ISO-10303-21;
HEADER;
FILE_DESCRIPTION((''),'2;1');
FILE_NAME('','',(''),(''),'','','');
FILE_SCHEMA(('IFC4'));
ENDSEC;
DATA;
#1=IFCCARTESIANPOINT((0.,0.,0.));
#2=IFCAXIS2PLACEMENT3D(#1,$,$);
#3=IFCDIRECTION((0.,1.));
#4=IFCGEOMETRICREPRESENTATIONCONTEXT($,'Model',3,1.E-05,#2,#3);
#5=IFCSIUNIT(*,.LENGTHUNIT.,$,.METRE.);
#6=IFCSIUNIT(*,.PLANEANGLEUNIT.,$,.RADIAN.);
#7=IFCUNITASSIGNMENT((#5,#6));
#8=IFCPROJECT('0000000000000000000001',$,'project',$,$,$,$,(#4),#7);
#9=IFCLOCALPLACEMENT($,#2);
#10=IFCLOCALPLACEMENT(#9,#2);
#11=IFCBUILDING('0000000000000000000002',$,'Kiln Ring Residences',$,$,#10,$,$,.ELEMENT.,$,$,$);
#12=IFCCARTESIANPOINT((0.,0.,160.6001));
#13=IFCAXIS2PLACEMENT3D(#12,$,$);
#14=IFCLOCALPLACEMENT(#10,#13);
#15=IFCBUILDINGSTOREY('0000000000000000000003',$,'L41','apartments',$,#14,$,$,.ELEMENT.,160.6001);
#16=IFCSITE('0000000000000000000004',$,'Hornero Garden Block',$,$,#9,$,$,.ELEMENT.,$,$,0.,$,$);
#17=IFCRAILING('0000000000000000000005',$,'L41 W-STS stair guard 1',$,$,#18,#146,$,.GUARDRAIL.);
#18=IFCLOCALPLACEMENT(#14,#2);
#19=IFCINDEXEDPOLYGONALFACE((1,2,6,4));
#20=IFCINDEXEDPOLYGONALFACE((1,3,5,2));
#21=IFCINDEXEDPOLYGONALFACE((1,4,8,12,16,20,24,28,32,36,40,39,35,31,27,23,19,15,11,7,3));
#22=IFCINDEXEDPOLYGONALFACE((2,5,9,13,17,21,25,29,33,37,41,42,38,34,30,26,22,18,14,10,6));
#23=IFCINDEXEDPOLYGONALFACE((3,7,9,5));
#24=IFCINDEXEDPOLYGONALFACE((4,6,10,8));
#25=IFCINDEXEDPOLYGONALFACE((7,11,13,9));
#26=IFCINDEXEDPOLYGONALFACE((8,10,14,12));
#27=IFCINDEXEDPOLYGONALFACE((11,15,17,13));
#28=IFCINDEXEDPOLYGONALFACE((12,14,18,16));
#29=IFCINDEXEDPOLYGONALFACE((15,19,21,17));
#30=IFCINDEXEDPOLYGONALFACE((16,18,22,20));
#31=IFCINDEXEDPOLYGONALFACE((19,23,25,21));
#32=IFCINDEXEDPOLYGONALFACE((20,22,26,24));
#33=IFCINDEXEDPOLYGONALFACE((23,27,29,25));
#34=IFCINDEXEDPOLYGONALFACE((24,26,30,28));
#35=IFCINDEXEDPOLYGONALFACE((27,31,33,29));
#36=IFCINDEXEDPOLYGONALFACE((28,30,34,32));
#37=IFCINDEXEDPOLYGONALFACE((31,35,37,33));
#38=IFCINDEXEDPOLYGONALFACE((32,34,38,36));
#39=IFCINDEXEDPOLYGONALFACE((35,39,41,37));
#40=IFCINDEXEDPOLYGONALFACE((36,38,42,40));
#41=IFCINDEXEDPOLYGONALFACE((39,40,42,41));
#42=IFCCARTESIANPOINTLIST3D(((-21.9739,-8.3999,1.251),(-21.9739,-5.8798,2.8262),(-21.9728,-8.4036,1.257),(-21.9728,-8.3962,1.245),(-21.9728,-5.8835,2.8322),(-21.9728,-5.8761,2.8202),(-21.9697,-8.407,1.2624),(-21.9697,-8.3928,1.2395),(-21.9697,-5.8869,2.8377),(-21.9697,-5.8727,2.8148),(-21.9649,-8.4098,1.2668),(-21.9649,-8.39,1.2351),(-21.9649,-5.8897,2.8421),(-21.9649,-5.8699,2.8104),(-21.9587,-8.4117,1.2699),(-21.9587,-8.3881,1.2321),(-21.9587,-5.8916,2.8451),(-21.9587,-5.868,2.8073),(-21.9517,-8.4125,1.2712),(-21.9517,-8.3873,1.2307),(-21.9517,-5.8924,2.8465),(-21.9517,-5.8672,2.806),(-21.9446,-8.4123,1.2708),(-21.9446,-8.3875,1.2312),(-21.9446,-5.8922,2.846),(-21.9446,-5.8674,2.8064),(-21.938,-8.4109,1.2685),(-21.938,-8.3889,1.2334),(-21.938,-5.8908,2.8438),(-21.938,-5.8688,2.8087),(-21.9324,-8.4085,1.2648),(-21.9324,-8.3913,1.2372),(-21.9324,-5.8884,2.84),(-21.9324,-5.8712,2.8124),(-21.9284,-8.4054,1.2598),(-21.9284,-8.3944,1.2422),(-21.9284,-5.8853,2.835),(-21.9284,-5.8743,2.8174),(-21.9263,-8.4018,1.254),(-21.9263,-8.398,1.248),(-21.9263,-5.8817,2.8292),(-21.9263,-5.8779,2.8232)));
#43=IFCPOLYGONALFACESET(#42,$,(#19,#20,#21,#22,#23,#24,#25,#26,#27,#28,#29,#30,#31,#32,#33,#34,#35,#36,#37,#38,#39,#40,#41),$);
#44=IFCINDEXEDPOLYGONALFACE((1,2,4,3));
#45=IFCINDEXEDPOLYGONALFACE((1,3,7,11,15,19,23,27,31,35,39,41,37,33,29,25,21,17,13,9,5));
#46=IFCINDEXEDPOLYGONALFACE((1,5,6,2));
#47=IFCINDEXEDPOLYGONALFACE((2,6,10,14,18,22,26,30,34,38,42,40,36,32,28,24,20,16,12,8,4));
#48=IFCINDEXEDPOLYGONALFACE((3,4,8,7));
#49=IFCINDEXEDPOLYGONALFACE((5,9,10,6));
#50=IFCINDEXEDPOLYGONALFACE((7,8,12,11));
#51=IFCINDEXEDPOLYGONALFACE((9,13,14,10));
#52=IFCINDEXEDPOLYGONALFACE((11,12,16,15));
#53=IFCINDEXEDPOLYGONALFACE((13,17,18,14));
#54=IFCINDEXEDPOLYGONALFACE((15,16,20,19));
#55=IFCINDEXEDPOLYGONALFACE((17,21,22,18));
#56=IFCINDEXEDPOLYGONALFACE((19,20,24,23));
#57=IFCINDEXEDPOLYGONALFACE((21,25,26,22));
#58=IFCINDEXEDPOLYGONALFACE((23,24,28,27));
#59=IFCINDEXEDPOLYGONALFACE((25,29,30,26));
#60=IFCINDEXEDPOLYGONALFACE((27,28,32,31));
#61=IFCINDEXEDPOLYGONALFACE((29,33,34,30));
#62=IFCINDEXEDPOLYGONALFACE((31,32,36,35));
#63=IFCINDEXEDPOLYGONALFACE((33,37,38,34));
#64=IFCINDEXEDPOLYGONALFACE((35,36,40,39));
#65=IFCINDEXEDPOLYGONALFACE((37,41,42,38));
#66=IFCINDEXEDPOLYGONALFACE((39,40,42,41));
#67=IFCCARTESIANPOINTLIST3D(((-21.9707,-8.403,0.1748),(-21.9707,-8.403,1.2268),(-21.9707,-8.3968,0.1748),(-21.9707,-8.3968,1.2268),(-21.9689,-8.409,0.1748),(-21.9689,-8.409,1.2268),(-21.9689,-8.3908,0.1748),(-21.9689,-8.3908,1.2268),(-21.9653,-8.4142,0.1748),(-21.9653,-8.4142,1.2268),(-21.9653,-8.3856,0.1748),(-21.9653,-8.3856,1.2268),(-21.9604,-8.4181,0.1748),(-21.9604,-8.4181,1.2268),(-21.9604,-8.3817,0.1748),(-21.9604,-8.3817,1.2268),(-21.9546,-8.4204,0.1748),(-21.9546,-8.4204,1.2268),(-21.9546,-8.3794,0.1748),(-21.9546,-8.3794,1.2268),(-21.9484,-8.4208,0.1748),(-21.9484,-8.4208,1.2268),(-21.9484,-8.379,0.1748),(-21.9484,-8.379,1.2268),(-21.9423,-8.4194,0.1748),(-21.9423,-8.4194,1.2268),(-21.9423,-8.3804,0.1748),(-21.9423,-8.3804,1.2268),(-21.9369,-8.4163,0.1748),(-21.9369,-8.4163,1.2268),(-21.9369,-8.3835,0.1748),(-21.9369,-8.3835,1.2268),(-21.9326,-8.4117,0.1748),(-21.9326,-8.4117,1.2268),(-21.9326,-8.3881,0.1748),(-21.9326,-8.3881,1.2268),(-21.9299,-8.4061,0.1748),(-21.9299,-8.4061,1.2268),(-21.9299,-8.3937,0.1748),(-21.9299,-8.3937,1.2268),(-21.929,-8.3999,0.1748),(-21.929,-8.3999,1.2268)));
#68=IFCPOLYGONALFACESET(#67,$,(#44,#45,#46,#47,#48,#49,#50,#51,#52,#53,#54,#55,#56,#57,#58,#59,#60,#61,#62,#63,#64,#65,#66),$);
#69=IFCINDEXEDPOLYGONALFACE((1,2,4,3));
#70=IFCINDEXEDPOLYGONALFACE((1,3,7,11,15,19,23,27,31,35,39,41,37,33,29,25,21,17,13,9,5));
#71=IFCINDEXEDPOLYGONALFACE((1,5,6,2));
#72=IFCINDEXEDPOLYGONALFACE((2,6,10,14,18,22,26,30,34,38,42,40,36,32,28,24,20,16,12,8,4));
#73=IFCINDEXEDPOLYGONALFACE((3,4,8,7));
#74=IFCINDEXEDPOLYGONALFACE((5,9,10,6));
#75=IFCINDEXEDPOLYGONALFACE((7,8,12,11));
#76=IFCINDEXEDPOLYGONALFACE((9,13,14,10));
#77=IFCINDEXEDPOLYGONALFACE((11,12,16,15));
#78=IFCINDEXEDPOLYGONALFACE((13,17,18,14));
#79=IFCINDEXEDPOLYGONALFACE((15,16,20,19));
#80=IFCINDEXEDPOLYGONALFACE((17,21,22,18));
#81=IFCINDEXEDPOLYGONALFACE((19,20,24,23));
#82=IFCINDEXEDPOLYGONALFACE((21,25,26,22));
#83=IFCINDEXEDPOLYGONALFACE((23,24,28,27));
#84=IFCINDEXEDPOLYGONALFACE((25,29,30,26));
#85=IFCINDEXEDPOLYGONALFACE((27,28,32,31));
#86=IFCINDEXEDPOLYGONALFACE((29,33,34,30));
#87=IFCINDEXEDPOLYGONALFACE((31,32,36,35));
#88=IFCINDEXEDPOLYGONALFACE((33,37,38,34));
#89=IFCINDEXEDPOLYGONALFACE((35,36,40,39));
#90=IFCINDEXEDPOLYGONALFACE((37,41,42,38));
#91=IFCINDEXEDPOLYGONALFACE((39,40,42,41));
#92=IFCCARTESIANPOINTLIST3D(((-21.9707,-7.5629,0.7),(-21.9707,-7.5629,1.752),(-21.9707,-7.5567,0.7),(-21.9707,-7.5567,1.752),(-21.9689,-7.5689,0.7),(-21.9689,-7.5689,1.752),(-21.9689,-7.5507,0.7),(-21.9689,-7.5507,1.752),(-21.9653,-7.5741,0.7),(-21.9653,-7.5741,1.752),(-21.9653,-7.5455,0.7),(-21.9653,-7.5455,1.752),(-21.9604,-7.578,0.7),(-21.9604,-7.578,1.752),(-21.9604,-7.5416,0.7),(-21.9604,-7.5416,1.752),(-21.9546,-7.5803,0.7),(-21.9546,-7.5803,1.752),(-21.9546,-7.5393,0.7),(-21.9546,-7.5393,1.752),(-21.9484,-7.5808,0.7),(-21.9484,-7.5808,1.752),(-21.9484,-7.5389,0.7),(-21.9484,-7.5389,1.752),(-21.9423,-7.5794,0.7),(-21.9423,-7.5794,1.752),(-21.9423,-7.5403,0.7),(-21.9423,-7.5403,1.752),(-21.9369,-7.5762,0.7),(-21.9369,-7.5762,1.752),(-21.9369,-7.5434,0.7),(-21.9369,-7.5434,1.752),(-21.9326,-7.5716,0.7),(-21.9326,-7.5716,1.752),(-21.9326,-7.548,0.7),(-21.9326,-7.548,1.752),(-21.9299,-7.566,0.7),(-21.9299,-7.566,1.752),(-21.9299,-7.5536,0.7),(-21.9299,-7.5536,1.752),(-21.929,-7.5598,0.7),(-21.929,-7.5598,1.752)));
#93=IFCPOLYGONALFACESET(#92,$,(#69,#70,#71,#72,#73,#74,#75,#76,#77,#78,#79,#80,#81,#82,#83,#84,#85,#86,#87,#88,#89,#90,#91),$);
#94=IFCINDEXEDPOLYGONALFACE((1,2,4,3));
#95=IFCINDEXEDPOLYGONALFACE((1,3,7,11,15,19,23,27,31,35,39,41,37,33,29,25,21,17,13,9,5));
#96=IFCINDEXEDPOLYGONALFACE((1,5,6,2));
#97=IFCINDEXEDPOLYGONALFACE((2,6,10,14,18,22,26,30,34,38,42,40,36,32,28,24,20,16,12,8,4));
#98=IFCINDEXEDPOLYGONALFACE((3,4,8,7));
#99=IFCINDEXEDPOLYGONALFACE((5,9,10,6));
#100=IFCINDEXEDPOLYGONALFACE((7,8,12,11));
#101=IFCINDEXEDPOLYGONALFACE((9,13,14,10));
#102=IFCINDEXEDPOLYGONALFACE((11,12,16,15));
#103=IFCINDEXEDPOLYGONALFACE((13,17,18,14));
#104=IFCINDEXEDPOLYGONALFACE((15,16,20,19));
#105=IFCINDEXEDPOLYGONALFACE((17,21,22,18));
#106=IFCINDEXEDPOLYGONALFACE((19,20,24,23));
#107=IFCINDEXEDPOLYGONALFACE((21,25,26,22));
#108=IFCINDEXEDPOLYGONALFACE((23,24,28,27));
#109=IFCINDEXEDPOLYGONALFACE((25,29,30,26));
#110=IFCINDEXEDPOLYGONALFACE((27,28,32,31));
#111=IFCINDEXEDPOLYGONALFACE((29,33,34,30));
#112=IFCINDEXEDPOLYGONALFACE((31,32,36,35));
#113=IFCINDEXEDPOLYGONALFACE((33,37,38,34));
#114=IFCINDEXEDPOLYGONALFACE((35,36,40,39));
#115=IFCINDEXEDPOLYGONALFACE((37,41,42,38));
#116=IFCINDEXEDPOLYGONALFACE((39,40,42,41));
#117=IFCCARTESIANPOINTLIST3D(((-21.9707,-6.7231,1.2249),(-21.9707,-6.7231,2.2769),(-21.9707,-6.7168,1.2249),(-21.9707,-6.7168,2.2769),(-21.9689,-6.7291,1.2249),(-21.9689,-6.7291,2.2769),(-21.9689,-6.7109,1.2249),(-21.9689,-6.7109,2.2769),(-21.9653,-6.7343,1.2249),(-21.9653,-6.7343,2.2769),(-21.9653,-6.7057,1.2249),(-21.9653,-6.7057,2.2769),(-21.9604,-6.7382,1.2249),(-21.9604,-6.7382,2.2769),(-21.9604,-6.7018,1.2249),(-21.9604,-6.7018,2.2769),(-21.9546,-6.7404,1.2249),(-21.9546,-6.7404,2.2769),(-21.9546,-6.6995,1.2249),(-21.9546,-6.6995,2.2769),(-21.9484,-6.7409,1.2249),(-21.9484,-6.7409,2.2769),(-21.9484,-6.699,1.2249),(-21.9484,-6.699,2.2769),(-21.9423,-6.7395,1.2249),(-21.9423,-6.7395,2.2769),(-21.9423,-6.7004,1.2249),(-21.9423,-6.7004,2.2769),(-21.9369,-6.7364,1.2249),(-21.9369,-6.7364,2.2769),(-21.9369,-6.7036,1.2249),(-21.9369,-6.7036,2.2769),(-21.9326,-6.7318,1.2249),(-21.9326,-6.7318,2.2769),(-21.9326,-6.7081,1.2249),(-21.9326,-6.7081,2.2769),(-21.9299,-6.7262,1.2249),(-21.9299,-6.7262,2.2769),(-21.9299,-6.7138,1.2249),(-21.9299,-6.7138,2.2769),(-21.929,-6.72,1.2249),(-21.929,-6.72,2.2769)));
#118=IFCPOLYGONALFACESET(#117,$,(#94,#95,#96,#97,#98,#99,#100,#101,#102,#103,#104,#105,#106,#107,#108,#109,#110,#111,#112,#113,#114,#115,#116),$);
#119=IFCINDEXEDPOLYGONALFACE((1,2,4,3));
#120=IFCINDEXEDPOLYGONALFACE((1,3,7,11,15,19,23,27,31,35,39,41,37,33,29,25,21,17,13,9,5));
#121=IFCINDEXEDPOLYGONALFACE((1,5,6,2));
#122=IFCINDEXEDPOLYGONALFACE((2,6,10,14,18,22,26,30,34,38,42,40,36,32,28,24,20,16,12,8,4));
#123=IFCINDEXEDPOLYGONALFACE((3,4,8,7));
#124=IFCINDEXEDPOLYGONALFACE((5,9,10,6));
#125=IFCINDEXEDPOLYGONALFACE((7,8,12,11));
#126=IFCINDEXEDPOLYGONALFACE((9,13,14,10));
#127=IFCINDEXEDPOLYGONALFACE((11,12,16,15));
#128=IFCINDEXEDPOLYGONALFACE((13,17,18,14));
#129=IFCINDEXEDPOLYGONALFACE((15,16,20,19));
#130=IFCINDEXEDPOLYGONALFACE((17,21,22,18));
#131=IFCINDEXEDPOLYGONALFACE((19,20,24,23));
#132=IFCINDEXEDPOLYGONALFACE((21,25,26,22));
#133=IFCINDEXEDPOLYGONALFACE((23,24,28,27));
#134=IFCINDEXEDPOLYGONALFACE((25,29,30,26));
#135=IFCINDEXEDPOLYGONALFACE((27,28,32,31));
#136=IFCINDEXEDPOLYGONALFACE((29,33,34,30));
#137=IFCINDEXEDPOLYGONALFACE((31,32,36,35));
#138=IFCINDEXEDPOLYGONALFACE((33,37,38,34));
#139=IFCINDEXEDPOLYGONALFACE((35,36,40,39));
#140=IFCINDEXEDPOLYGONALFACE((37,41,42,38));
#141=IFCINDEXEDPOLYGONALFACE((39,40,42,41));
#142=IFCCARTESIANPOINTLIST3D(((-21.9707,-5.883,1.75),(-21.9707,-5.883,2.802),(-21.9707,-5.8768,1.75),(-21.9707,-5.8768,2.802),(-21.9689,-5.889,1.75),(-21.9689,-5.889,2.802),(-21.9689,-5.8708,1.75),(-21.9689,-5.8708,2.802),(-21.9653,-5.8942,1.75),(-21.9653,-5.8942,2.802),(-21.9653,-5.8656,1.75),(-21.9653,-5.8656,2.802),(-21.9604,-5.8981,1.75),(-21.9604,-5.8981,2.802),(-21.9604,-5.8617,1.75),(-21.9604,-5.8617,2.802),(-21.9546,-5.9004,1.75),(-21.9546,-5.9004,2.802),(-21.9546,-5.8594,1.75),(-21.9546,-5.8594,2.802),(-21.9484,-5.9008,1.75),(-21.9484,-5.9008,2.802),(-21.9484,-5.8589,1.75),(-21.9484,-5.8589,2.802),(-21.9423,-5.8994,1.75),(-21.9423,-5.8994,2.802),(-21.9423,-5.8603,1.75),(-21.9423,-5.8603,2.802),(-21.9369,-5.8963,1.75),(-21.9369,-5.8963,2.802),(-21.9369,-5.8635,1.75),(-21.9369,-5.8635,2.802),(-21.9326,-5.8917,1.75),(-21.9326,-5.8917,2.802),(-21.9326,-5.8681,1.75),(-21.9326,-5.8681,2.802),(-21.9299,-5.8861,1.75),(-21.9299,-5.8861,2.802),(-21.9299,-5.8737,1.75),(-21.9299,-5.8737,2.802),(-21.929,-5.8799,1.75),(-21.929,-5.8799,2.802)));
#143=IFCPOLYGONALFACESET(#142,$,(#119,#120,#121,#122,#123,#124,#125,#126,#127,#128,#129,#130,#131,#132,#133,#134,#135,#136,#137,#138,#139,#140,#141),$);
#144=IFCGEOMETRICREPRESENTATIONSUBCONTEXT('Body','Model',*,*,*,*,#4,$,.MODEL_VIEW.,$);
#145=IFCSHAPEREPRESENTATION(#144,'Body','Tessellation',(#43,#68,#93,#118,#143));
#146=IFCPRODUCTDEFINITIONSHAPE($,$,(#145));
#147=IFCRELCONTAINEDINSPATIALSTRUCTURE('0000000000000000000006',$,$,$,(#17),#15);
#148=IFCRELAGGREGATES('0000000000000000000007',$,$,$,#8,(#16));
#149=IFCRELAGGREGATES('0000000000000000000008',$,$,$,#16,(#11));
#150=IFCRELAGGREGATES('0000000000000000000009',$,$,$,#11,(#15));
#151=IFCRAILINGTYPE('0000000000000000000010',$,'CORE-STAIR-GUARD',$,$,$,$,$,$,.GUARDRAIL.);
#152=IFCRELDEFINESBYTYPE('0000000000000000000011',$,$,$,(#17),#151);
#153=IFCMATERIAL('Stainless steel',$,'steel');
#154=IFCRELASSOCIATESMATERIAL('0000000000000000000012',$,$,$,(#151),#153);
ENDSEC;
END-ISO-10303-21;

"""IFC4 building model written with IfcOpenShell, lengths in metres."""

from ifc_helpers import new_model, si_unit, direction, frame, origin, origin_2d, place, context, subcontext, project, spatial, circle, extrude, material, type_object, element, save


model = new_model("IFC4")

# Units and contexts
model_context = context("Model", 3, precision=1e-05, world=origin(), true_north=direction((0.0, 1.0)))
body_context = subcontext(model_context, "Body", "Model", "MODEL_VIEW")
ifc_project = project(units=[si_unit("LENGTHUNIT", "METRE"), si_unit("PLANEANGLEUNIT", "RADIAN")], contexts=[model_context])

# Site, building, storey
site_placement = place(None, origin())
site = spatial("IfcSite", under=ifc_project, at=site_placement, Name="Hornero Garden Block", CompositionType="ELEMENT", RefElevation=0.0)
building_placement = place(site_placement, origin())
building = spatial("IfcBuilding", under=site, at=building_placement, Name="Kiln Ring Residences", CompositionType="ELEMENT")
storey_placement = place(building_placement, frame((0.0, 0.0, 160.6001)))
storey = spatial("IfcBuildingStorey", under=building, at=storey_placement, Name="L41", Description="apartments", CompositionType="ELEMENT", Elevation=160.6001)

# Railing
ifc_material_1 = material(Name="Stainless steel", Category="steel")
railing_type_1 = type_object("IfcRailingType", Name="CORE-STAIR-GUARD", PredefinedType="GUARDRAIL", material=ifc_material_1)
railing_1_placement = place(storey_placement, frame((-21.95, -8.3999, 0.1748)))
element("IfcRailing", 1, at=railing_1_placement, inside=storey, type_object=railing_type_1, Name="L41 W-STS stair guard 1", PredefinedType="GUARDRAIL", context=body_context, shape_type="SweptSolid", body=[
    extrude(circle(Radius=0.0239, at=origin_2d()), frame((0.0, 0.0, 1.0762), z_axis=(0.0, 0.847971, 0.530043), x_axis=(-1.0, 0.0, 0.0)), (0.0, 0.0, 1.0), 2.9719),
    extrude(circle(Radius=0.021, at=origin_2d()), origin(), (0.0, 0.0, 1.0), 1.052),
    extrude(circle(Radius=0.021, at=origin_2d()), frame((0.0, 0.8401, 0.5251)), (0.0, 0.0, 1.0), 1.052),
    extrude(circle(Radius=0.021, at=origin_2d()), frame((0.0, 1.6799, 1.05)), (0.0, 0.0, 1.0), 1.052),
    extrude(circle(Radius=0.021, at=origin_2d()), frame((0.0, 2.52, 1.5752)), (0.0, 0.0, 1.0), 1.052),
])

save(model, "model.ifc")
